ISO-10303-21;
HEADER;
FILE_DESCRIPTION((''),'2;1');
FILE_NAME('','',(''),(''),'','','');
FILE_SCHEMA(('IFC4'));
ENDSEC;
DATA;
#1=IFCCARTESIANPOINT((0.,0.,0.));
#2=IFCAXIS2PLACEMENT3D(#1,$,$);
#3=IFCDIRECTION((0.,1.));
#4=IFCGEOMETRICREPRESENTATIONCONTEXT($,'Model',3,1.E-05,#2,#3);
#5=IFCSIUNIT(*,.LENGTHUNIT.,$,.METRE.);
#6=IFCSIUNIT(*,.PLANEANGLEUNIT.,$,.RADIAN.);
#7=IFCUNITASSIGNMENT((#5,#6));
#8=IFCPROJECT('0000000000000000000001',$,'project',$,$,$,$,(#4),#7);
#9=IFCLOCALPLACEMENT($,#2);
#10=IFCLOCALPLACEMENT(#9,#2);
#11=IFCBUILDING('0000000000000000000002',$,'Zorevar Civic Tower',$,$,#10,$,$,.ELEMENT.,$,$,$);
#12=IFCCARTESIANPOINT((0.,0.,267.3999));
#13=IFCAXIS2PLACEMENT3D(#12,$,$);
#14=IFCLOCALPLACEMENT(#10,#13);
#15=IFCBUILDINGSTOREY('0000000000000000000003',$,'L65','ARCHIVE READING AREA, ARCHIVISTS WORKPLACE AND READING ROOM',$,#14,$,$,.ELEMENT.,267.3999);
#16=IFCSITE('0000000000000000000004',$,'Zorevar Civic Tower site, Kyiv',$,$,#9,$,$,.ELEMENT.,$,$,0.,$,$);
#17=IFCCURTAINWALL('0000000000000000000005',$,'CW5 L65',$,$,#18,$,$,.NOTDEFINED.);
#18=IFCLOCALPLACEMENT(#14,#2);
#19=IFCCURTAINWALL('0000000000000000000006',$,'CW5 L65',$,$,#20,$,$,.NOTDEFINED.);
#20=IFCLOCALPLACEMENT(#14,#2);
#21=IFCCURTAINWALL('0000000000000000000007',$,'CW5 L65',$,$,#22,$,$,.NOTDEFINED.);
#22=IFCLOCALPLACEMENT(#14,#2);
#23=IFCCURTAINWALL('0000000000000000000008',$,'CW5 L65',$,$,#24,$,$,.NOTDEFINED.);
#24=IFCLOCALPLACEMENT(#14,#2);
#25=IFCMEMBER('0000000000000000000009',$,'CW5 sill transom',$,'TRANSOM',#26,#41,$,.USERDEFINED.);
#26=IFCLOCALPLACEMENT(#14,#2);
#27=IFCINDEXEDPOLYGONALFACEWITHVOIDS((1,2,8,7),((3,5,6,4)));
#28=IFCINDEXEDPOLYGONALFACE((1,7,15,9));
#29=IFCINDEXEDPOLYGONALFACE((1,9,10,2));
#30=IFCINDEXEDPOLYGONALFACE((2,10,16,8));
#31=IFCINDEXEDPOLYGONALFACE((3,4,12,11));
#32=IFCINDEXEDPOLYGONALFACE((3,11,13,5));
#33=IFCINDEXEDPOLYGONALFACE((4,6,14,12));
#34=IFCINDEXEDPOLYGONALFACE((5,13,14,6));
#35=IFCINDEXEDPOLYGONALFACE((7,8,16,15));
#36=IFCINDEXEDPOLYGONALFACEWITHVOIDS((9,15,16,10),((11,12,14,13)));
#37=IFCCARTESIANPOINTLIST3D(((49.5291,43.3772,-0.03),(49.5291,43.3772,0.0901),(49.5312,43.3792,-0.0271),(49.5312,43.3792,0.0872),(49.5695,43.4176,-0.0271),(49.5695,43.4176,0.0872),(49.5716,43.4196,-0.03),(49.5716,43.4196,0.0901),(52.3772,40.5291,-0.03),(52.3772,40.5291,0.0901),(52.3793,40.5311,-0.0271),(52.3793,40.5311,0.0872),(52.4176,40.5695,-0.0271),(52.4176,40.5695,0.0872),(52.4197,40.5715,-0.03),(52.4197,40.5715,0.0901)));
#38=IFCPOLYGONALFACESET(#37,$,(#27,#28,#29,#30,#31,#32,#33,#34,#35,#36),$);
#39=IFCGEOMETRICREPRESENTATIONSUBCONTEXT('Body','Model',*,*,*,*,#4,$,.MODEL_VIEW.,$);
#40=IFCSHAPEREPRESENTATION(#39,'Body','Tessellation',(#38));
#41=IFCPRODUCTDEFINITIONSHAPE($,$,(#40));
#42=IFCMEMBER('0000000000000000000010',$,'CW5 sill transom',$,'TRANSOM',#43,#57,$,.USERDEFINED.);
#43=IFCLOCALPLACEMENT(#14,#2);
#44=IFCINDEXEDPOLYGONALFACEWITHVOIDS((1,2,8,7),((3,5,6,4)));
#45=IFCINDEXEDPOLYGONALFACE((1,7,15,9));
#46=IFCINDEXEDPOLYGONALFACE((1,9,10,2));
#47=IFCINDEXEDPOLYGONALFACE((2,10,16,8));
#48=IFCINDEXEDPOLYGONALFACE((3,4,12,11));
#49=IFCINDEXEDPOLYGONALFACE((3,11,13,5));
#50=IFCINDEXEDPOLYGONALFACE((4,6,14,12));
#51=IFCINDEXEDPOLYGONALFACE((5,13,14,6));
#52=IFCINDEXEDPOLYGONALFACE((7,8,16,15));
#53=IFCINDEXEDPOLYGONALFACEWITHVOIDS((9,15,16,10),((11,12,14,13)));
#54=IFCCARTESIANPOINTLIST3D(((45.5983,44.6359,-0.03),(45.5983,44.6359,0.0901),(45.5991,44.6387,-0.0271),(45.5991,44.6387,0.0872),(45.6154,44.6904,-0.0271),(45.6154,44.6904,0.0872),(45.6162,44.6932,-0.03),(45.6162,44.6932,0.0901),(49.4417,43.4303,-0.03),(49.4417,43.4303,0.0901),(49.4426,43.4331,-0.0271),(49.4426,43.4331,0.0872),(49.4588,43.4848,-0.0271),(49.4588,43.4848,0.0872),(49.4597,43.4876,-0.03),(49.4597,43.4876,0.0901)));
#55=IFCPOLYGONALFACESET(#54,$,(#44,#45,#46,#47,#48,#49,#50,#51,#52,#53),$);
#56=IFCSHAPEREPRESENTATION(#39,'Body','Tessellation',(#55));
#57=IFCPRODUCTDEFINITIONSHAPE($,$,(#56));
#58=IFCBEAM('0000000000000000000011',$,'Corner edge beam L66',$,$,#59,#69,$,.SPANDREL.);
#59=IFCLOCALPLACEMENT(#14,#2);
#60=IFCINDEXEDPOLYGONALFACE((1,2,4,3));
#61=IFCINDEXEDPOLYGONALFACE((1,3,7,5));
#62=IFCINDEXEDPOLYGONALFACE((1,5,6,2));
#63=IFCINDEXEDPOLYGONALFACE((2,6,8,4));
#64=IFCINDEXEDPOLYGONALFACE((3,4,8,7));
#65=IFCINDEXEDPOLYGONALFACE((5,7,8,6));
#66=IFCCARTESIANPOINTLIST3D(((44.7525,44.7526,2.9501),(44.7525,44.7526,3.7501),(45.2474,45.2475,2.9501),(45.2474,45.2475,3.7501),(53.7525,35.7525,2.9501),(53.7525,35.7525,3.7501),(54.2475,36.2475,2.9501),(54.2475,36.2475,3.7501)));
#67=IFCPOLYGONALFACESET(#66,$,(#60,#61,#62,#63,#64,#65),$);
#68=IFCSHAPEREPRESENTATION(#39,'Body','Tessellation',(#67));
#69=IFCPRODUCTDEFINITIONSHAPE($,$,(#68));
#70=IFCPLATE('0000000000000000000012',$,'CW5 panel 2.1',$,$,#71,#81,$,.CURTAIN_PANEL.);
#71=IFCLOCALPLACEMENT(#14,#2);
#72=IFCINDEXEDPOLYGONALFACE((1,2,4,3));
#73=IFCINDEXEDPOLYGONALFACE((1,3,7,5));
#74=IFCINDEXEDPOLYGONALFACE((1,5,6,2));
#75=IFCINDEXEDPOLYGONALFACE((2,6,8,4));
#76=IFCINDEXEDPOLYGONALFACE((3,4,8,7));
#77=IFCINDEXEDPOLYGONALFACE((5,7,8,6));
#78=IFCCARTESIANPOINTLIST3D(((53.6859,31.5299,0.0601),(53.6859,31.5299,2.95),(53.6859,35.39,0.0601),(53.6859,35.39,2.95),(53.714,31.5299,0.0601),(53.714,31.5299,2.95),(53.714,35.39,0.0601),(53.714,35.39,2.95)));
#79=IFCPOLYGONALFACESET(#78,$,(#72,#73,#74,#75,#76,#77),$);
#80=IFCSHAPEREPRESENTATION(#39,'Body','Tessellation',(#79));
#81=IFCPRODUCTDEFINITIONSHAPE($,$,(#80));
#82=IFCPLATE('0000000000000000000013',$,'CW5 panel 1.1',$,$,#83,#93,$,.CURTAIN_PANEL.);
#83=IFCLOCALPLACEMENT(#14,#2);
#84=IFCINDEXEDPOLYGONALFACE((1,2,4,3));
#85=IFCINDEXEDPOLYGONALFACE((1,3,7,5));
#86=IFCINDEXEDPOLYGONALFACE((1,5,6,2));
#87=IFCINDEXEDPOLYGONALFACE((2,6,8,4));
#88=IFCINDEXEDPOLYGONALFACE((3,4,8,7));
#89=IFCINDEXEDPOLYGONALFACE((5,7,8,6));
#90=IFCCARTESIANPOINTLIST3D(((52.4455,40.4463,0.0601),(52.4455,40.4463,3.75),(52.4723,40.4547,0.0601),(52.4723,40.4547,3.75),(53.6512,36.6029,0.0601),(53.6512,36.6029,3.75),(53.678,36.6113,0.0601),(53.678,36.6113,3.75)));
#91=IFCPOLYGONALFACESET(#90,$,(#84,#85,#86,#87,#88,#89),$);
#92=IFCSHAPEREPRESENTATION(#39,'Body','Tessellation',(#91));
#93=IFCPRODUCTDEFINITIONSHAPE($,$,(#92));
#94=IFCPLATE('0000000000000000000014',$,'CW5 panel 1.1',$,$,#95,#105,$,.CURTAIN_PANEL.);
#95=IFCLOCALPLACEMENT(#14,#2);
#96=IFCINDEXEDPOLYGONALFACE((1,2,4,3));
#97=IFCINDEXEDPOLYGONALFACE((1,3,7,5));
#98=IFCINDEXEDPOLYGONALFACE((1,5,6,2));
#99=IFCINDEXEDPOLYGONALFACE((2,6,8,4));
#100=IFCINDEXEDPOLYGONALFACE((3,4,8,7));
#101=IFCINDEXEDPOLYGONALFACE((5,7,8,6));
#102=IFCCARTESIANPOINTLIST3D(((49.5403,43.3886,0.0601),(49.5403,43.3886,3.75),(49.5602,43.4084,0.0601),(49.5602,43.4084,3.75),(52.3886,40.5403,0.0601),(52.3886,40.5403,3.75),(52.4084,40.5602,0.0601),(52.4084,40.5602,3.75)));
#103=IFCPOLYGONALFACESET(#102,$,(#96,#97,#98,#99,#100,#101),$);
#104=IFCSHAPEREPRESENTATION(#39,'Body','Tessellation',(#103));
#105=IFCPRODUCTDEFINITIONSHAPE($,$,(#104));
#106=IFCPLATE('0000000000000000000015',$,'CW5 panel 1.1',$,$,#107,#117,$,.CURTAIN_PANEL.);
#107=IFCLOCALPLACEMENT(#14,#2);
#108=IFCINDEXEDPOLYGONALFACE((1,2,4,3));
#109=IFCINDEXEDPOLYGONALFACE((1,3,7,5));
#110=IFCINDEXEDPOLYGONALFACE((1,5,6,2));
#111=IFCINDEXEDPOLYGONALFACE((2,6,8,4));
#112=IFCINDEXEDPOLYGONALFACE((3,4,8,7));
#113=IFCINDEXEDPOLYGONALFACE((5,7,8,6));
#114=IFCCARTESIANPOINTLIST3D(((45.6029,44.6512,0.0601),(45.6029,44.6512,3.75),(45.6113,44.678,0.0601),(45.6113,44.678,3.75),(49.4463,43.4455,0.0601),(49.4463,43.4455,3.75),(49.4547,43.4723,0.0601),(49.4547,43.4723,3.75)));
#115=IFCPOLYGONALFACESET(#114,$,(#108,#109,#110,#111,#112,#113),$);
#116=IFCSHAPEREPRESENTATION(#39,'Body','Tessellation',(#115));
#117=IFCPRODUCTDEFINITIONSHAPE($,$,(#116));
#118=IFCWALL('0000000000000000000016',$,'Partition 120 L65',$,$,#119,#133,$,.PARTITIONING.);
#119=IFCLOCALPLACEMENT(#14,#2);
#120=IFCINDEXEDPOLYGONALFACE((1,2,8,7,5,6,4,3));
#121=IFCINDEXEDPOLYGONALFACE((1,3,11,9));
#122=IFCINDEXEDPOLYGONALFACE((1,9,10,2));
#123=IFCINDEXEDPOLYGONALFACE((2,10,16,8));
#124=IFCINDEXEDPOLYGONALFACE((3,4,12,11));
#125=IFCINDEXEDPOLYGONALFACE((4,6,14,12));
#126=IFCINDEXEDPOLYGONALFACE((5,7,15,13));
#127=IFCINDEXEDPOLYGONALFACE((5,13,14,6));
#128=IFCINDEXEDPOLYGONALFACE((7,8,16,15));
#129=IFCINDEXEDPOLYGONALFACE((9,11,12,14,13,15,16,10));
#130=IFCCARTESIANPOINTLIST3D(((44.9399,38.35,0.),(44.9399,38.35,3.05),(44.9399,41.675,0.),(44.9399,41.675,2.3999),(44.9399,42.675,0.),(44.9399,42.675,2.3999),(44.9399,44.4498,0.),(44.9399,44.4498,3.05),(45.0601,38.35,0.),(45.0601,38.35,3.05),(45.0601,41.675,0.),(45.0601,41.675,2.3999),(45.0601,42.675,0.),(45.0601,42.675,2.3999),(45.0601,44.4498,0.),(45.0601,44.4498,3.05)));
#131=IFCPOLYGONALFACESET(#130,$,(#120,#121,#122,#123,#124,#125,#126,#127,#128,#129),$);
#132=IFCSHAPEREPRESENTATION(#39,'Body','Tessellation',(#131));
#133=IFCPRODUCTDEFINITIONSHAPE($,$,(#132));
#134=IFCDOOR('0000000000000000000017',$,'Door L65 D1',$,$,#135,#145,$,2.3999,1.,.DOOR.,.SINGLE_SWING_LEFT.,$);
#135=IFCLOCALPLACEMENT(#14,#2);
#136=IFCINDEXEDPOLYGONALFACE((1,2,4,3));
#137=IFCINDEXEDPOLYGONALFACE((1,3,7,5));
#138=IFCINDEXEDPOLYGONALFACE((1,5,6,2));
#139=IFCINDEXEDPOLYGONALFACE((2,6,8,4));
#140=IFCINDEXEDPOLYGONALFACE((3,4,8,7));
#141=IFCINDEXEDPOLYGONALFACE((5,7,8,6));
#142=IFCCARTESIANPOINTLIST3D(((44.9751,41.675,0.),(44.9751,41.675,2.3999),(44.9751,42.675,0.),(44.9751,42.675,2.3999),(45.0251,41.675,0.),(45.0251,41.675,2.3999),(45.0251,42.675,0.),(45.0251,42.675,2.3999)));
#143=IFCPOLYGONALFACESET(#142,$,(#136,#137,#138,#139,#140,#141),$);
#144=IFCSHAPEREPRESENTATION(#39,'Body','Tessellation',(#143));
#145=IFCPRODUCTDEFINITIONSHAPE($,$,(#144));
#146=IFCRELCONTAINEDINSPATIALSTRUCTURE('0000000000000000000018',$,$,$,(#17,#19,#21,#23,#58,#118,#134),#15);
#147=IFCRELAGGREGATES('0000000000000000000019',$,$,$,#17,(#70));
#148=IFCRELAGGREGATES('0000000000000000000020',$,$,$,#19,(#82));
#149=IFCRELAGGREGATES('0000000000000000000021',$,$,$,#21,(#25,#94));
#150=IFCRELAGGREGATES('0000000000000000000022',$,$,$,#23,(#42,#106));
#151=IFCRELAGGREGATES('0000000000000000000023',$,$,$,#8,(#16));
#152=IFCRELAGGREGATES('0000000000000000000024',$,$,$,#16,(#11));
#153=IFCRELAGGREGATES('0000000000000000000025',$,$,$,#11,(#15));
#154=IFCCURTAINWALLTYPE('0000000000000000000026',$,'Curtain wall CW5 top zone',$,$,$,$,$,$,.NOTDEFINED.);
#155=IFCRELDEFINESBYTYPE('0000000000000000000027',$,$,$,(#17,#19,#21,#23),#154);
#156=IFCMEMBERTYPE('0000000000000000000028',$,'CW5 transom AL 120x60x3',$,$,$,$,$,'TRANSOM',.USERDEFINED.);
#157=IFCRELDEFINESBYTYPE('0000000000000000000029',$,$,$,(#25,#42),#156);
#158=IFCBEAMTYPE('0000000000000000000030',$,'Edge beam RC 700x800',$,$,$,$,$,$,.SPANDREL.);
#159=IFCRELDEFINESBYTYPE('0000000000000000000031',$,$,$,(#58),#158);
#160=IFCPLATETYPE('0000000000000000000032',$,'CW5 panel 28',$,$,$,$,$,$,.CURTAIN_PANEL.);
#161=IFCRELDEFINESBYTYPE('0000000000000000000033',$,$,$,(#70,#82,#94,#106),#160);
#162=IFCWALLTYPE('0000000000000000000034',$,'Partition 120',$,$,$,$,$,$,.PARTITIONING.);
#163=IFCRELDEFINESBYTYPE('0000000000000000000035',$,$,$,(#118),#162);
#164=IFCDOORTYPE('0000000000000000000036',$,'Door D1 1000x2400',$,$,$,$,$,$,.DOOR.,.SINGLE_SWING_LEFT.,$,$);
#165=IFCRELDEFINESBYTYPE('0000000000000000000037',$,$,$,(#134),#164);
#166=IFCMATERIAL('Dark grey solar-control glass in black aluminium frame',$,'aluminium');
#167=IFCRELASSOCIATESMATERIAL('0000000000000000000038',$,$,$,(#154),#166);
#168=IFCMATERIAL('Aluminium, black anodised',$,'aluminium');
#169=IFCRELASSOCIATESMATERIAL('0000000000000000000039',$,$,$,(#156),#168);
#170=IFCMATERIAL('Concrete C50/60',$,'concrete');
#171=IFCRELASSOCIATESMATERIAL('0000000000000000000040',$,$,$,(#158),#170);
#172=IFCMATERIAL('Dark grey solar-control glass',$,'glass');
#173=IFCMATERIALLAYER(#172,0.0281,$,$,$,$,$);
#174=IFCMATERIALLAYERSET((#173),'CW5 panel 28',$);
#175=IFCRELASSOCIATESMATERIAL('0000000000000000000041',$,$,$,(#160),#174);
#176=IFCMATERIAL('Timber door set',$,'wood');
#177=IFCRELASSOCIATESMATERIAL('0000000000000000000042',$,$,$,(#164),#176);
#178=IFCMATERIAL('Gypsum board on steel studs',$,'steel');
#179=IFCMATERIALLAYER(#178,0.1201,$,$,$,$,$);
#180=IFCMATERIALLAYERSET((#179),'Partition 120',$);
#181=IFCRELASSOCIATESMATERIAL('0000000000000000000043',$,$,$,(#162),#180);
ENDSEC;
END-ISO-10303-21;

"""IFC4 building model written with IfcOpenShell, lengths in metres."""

from ifc_helpers import new_model, si_unit, direction, frame, frame_2d, origin, origin_2d, place, context, subcontext, project, spatial, rectangle, hollow_rectangle, extrude, material, layer, layer_set, material_profile, profile_set, type_object, element, fill, aggregate, save


model = new_model("IFC4")

# Units and contexts
model_context = context("Model", 3, precision=1e-05, world=origin(), true_north=direction((0.0, 1.0)))
body_context = subcontext(model_context, "Body", "Model", "MODEL_VIEW")
ifc_project = project(units=[si_unit("LENGTHUNIT", "METRE"), si_unit("PLANEANGLEUNIT", "RADIAN")], contexts=[model_context])

# Site, building, storey
site_placement = place(None, origin())
site = spatial("IfcSite", under=ifc_project, at=site_placement, Name="Zorevar Civic Tower site, Kyiv", CompositionType="ELEMENT", RefElevation=0.0)
building_placement = place(site_placement, origin())
building = spatial("IfcBuilding", under=site, at=building_placement, Name="Zorevar Civic Tower", CompositionType="ELEMENT")
storey_placement = place(building_placement, frame((0.0, 0.0, 267.3999)))
storey = spatial("IfcBuildingStorey", under=building, at=storey_placement, Name="L65", Description="ARCHIVE READING AREA, ARCHIVISTS WORKPLACE AND READING ROOM", CompositionType="ELEMENT", Elevation=267.3999)

# Curtain wall
ifc_material_1 = material(Name="Dark grey solar-control glass in black aluminium frame", Category="aluminium")
curtain_wall_type = type_object("IfcCurtainWallType", Name="Curtain wall CW5 top zone", PredefinedType="NOTDEFINED", material=ifc_material_1)
curtain_wall_1_placement = place(storey_placement, origin())
curtain_wall_1 = element("IfcCurtainWall", 1, at=curtain_wall_1_placement, inside=storey, type_object=curtain_wall_type, Name="CW5 L65", PredefinedType="NOTDEFINED")

# Curtain walls
curtain_wall_2_placement = place(storey_placement, origin())
curtain_wall_2 = element("IfcCurtainWall", 2, at=curtain_wall_2_placement, inside=storey, type_object=curtain_wall_type, Name="CW5 L65", PredefinedType="NOTDEFINED")
curtain_wall_3_placement = place(storey_placement, origin())
curtain_wall_3 = element("IfcCurtainWall", 3, at=curtain_wall_3_placement, inside=storey, type_object=curtain_wall_type, Name="CW5 L65", PredefinedType="NOTDEFINED")
curtain_wall_4_placement = place(storey_placement, origin())
curtain_wall_4 = element("IfcCurtainWall", 4, at=curtain_wall_4_placement, inside=storey, type_object=curtain_wall_type, Name="CW5 L65", PredefinedType="NOTDEFINED")

# Members
ifc_material_2 = material(Name="Aluminium, black anodised", Category="aluminium")
ifc_material_profile_1 = material_profile(ifc_material_2, hollow_rectangle(XDim=0.0601, YDim=0.1201, WallThickness=0.0029, at=origin_2d()), Name="AL 120x60x3")
ifc_profile_set_1 = profile_set([ifc_material_profile_1], Name="Aluminium, black anodised")
member_type_1 = type_object("IfcMemberType", Name="CW5 transom AL 120x60x3", ElementType="TRANSOM", PredefinedType="USERDEFINED", material=ifc_profile_set_1)
member_1_placement = place(storey_placement, frame((52.3984, 40.5503, 0.03), z_axis=(-0.707107, 0.707107, 0.0), x_axis=(-0.707107, -0.707107, 0.0)))
member_1 = element("IfcMember", 5, at=member_1_placement, type_object=member_type_1, Name="CW5 sill transom", ObjectType="TRANSOM", PredefinedType="USERDEFINED", context=body_context, shape_type="SweptSolid", body=[
    extrude(hollow_rectangle(XDim=0.0601, YDim=0.1201, WallThickness=0.0029, at=origin_2d()), origin(), (0.0, 0.0, 1.0), 4.0278),
])
member_2_placement = place(storey_placement, frame((49.4507, 43.459, 0.03), z_axis=(-0.954163, 0.299286, 0.0), x_axis=(-0.299286, -0.954163, 0.0)))
member_2 = element("IfcMember", 6, at=member_2_placement, type_object=member_type_1, Name="CW5 sill transom", ObjectType="TRANSOM", PredefinedType="USERDEFINED", context=body_context, shape_type="SweptSolid", body=[
    extrude(hollow_rectangle(XDim=0.0601, YDim=0.1201, WallThickness=0.0029, at=origin_2d()), origin(), (0.0, 0.0, 1.0), 4.0281),
])

# Beam
ifc_material_3 = material(Name="Concrete C50/60", Category="concrete")
ifc_material_profile_2 = material_profile(ifc_material_3, rectangle(XDim=0.7, YDim=0.8, at=origin_2d()), Name="RC 700x800")
ifc_profile_set_2 = profile_set([ifc_material_profile_2], Name="Concrete C50/60")
beam_type_1 = type_object("IfcBeamType", Name="Edge beam RC 700x800", PredefinedType="SPANDREL", material=ifc_profile_set_2)
beam_1_placement = place(storey_placement, frame((54.0, 36.0, 3.3501), z_axis=(-0.707107, 0.707107, 0.0), x_axis=(-0.707107, -0.707107, 0.0)))
element("IfcBeam", 7, at=beam_1_placement, inside=storey, type_object=beam_type_1, Name="Corner edge beam L66", PredefinedType="SPANDREL", context=body_context, shape_type="SweptSolid", body=[
    extrude(rectangle(XDim=0.7, YDim=0.8, at=origin_2d()), origin(), (0.0, 0.0, 1.0), 12.728),
])

# Plates
ifc_material_4 = material(Name="Dark grey solar-control glass", Category="glass")
ifc_layer_1 = layer(ifc_material_4, 0.0281)
ifc_layer_set_1 = layer_set([ifc_layer_1], Name="CW5 panel 28")
plate_type = type_object("IfcPlateType", Name="CW5 panel 28", PredefinedType="CURTAIN_PANEL", material=ifc_layer_set_1)
plate_1_placement = place(storey_placement, frame((53.7, 33.46, 0.0601), z_axis=(0.0, 0.0, 1.0), x_axis=(0.0, 1.0, 0.0)))
plate_1 = element("IfcPlate", 8, at=plate_1_placement, type_object=plate_type, Name="CW5 panel 2.1", PredefinedType="CURTAIN_PANEL", context=body_context, shape_type="SweptSolid", body=[
    extrude(rectangle(XDim=3.8601, YDim=0.0281, at=origin_2d()), origin(), (0.0, 0.0, 1.0), 2.8899),
])
aggregate(curtain_wall_1, [plate_1])
plate_2_placement = place(storey_placement, frame((53.0618, 38.5288, 0.0601), z_axis=(0.0, 0.0, 1.0), x_axis=(-0.299318, 0.954153, 0.0)))
plate_2 = element("IfcPlate", 9, at=plate_2_placement, type_object=plate_type, Name="CW5 panel 1.1", PredefinedType="CURTAIN_PANEL", context=body_context, shape_type="SweptSolid", body=[
    extrude(rectangle(XDim=4.0281, YDim=0.0281, at=origin_2d()), origin(), (0.0, 0.0, 1.0), 3.6899),
])
aggregate(curtain_wall_2, [plate_2])
plate_3_placement = place(storey_placement, frame((50.9744, 41.9744, 0.0601), z_axis=(0.0, 0.0, 1.0), x_axis=(-0.707107, 0.707107, 0.0)))
plate_3 = element("IfcPlate", 10, at=plate_3_placement, type_object=plate_type, Name="CW5 panel 1.1", PredefinedType="CURTAIN_PANEL", context=body_context, shape_type="SweptSolid", body=[
    extrude(rectangle(XDim=4.0281, YDim=0.0281, at=origin_2d()), origin(), (0.0, 0.0, 1.0), 3.6899),
])
aggregate(curtain_wall_3, [member_1, plate_3])
plate_4_placement = place(storey_placement, frame((47.5288, 44.0618, 0.0601), z_axis=(0.0, 0.0, 1.0), x_axis=(-0.954153, 0.299318, 0.0)))
plate_4 = element("IfcPlate", 11, at=plate_4_placement, type_object=plate_type, Name="CW5 panel 1.1", PredefinedType="CURTAIN_PANEL", context=body_context, shape_type="SweptSolid", body=[
    extrude(rectangle(XDim=4.0281, YDim=0.0281, at=origin_2d()), origin(), (0.0, 0.0, 1.0), 3.6899),
])
aggregate(curtain_wall_4, [member_2, plate_4])

# Shared definitions
ifc_material_5 = material(Name="Timber door set", Category="wood")
door_type_1 = type_object("IfcDoorType", Name="Door D1 1000x2400", OperationType="SINGLE_SWING_LEFT", PredefinedType="DOOR", material=ifc_material_5)

# Wall, opening, door
ifc_material_6 = material(Name="Gypsum board on steel studs", Category="steel")
ifc_layer_2 = layer(ifc_material_6, 0.1201)
ifc_layer_set_2 = layer_set([ifc_layer_2], Name="Partition 120")
wall_type_1 = type_object("IfcWallType", Name="Partition 120", PredefinedType="PARTITIONING", material=ifc_layer_set_2)
wall_1_placement = place(storey_placement, frame((45.0, 38.3501, 0.0), z_axis=(0.0, 0.0, 1.0), x_axis=(0.0, 1.0, 0.0)))
wall_1 = element("IfcWall", 12, at=wall_1_placement, inside=storey, type_object=wall_type_1, Name="Partition 120 L65", PredefinedType="PARTITIONING", context=body_context, shape_type="SweptSolid", body=[
    extrude(rectangle(XDim=6.0999, YDim=0.1201, at=frame_2d((3.0498, 0.0))), origin(), (0.0, 0.0, 1.0), 3.05),
])
opening_1_placement = place(wall_1_placement, frame((3.325, 0.0, 0.0)))
opening_1 = element("IfcOpeningElement", 13, at=opening_1_placement, cuts=wall_1, PredefinedType="OPENING", context=body_context, shape_type="SweptSolid", body=[
    extrude(rectangle(XDim=1.0, YDim=2.3999, at=frame_2d((0.5, 1.2))), frame((0.0, 0.0701, 0.0), z_axis=(0.0, -1.0, 0.0), x_axis=(1.0, 0.0, 0.0)), (0.0, 0.0, 1.0), 0.1401),
])
door_1_placement = place(opening_1_placement, origin())
door_1 = element("IfcDoor", 14, at=door_1_placement, inside=storey, type_object=door_type_1, Name="Door L65 D1", OperationType="SINGLE_SWING_LEFT", OverallHeight=2.3999, OverallWidth=1.0, PredefinedType="DOOR", context=body_context, shape_type="SweptSolid", body=[
    extrude(rectangle(XDim=1.0, YDim=2.3999, at=frame_2d((0.5, 1.2))), frame((0.0, 0.0249, 0.0), z_axis=(0.0, -1.0, 0.0), x_axis=(1.0, 0.0, 0.0)), (0.0, 0.0, 1.0), 0.05),
])
fill(opening_1, door_1)

save(model, "model.ifc")
